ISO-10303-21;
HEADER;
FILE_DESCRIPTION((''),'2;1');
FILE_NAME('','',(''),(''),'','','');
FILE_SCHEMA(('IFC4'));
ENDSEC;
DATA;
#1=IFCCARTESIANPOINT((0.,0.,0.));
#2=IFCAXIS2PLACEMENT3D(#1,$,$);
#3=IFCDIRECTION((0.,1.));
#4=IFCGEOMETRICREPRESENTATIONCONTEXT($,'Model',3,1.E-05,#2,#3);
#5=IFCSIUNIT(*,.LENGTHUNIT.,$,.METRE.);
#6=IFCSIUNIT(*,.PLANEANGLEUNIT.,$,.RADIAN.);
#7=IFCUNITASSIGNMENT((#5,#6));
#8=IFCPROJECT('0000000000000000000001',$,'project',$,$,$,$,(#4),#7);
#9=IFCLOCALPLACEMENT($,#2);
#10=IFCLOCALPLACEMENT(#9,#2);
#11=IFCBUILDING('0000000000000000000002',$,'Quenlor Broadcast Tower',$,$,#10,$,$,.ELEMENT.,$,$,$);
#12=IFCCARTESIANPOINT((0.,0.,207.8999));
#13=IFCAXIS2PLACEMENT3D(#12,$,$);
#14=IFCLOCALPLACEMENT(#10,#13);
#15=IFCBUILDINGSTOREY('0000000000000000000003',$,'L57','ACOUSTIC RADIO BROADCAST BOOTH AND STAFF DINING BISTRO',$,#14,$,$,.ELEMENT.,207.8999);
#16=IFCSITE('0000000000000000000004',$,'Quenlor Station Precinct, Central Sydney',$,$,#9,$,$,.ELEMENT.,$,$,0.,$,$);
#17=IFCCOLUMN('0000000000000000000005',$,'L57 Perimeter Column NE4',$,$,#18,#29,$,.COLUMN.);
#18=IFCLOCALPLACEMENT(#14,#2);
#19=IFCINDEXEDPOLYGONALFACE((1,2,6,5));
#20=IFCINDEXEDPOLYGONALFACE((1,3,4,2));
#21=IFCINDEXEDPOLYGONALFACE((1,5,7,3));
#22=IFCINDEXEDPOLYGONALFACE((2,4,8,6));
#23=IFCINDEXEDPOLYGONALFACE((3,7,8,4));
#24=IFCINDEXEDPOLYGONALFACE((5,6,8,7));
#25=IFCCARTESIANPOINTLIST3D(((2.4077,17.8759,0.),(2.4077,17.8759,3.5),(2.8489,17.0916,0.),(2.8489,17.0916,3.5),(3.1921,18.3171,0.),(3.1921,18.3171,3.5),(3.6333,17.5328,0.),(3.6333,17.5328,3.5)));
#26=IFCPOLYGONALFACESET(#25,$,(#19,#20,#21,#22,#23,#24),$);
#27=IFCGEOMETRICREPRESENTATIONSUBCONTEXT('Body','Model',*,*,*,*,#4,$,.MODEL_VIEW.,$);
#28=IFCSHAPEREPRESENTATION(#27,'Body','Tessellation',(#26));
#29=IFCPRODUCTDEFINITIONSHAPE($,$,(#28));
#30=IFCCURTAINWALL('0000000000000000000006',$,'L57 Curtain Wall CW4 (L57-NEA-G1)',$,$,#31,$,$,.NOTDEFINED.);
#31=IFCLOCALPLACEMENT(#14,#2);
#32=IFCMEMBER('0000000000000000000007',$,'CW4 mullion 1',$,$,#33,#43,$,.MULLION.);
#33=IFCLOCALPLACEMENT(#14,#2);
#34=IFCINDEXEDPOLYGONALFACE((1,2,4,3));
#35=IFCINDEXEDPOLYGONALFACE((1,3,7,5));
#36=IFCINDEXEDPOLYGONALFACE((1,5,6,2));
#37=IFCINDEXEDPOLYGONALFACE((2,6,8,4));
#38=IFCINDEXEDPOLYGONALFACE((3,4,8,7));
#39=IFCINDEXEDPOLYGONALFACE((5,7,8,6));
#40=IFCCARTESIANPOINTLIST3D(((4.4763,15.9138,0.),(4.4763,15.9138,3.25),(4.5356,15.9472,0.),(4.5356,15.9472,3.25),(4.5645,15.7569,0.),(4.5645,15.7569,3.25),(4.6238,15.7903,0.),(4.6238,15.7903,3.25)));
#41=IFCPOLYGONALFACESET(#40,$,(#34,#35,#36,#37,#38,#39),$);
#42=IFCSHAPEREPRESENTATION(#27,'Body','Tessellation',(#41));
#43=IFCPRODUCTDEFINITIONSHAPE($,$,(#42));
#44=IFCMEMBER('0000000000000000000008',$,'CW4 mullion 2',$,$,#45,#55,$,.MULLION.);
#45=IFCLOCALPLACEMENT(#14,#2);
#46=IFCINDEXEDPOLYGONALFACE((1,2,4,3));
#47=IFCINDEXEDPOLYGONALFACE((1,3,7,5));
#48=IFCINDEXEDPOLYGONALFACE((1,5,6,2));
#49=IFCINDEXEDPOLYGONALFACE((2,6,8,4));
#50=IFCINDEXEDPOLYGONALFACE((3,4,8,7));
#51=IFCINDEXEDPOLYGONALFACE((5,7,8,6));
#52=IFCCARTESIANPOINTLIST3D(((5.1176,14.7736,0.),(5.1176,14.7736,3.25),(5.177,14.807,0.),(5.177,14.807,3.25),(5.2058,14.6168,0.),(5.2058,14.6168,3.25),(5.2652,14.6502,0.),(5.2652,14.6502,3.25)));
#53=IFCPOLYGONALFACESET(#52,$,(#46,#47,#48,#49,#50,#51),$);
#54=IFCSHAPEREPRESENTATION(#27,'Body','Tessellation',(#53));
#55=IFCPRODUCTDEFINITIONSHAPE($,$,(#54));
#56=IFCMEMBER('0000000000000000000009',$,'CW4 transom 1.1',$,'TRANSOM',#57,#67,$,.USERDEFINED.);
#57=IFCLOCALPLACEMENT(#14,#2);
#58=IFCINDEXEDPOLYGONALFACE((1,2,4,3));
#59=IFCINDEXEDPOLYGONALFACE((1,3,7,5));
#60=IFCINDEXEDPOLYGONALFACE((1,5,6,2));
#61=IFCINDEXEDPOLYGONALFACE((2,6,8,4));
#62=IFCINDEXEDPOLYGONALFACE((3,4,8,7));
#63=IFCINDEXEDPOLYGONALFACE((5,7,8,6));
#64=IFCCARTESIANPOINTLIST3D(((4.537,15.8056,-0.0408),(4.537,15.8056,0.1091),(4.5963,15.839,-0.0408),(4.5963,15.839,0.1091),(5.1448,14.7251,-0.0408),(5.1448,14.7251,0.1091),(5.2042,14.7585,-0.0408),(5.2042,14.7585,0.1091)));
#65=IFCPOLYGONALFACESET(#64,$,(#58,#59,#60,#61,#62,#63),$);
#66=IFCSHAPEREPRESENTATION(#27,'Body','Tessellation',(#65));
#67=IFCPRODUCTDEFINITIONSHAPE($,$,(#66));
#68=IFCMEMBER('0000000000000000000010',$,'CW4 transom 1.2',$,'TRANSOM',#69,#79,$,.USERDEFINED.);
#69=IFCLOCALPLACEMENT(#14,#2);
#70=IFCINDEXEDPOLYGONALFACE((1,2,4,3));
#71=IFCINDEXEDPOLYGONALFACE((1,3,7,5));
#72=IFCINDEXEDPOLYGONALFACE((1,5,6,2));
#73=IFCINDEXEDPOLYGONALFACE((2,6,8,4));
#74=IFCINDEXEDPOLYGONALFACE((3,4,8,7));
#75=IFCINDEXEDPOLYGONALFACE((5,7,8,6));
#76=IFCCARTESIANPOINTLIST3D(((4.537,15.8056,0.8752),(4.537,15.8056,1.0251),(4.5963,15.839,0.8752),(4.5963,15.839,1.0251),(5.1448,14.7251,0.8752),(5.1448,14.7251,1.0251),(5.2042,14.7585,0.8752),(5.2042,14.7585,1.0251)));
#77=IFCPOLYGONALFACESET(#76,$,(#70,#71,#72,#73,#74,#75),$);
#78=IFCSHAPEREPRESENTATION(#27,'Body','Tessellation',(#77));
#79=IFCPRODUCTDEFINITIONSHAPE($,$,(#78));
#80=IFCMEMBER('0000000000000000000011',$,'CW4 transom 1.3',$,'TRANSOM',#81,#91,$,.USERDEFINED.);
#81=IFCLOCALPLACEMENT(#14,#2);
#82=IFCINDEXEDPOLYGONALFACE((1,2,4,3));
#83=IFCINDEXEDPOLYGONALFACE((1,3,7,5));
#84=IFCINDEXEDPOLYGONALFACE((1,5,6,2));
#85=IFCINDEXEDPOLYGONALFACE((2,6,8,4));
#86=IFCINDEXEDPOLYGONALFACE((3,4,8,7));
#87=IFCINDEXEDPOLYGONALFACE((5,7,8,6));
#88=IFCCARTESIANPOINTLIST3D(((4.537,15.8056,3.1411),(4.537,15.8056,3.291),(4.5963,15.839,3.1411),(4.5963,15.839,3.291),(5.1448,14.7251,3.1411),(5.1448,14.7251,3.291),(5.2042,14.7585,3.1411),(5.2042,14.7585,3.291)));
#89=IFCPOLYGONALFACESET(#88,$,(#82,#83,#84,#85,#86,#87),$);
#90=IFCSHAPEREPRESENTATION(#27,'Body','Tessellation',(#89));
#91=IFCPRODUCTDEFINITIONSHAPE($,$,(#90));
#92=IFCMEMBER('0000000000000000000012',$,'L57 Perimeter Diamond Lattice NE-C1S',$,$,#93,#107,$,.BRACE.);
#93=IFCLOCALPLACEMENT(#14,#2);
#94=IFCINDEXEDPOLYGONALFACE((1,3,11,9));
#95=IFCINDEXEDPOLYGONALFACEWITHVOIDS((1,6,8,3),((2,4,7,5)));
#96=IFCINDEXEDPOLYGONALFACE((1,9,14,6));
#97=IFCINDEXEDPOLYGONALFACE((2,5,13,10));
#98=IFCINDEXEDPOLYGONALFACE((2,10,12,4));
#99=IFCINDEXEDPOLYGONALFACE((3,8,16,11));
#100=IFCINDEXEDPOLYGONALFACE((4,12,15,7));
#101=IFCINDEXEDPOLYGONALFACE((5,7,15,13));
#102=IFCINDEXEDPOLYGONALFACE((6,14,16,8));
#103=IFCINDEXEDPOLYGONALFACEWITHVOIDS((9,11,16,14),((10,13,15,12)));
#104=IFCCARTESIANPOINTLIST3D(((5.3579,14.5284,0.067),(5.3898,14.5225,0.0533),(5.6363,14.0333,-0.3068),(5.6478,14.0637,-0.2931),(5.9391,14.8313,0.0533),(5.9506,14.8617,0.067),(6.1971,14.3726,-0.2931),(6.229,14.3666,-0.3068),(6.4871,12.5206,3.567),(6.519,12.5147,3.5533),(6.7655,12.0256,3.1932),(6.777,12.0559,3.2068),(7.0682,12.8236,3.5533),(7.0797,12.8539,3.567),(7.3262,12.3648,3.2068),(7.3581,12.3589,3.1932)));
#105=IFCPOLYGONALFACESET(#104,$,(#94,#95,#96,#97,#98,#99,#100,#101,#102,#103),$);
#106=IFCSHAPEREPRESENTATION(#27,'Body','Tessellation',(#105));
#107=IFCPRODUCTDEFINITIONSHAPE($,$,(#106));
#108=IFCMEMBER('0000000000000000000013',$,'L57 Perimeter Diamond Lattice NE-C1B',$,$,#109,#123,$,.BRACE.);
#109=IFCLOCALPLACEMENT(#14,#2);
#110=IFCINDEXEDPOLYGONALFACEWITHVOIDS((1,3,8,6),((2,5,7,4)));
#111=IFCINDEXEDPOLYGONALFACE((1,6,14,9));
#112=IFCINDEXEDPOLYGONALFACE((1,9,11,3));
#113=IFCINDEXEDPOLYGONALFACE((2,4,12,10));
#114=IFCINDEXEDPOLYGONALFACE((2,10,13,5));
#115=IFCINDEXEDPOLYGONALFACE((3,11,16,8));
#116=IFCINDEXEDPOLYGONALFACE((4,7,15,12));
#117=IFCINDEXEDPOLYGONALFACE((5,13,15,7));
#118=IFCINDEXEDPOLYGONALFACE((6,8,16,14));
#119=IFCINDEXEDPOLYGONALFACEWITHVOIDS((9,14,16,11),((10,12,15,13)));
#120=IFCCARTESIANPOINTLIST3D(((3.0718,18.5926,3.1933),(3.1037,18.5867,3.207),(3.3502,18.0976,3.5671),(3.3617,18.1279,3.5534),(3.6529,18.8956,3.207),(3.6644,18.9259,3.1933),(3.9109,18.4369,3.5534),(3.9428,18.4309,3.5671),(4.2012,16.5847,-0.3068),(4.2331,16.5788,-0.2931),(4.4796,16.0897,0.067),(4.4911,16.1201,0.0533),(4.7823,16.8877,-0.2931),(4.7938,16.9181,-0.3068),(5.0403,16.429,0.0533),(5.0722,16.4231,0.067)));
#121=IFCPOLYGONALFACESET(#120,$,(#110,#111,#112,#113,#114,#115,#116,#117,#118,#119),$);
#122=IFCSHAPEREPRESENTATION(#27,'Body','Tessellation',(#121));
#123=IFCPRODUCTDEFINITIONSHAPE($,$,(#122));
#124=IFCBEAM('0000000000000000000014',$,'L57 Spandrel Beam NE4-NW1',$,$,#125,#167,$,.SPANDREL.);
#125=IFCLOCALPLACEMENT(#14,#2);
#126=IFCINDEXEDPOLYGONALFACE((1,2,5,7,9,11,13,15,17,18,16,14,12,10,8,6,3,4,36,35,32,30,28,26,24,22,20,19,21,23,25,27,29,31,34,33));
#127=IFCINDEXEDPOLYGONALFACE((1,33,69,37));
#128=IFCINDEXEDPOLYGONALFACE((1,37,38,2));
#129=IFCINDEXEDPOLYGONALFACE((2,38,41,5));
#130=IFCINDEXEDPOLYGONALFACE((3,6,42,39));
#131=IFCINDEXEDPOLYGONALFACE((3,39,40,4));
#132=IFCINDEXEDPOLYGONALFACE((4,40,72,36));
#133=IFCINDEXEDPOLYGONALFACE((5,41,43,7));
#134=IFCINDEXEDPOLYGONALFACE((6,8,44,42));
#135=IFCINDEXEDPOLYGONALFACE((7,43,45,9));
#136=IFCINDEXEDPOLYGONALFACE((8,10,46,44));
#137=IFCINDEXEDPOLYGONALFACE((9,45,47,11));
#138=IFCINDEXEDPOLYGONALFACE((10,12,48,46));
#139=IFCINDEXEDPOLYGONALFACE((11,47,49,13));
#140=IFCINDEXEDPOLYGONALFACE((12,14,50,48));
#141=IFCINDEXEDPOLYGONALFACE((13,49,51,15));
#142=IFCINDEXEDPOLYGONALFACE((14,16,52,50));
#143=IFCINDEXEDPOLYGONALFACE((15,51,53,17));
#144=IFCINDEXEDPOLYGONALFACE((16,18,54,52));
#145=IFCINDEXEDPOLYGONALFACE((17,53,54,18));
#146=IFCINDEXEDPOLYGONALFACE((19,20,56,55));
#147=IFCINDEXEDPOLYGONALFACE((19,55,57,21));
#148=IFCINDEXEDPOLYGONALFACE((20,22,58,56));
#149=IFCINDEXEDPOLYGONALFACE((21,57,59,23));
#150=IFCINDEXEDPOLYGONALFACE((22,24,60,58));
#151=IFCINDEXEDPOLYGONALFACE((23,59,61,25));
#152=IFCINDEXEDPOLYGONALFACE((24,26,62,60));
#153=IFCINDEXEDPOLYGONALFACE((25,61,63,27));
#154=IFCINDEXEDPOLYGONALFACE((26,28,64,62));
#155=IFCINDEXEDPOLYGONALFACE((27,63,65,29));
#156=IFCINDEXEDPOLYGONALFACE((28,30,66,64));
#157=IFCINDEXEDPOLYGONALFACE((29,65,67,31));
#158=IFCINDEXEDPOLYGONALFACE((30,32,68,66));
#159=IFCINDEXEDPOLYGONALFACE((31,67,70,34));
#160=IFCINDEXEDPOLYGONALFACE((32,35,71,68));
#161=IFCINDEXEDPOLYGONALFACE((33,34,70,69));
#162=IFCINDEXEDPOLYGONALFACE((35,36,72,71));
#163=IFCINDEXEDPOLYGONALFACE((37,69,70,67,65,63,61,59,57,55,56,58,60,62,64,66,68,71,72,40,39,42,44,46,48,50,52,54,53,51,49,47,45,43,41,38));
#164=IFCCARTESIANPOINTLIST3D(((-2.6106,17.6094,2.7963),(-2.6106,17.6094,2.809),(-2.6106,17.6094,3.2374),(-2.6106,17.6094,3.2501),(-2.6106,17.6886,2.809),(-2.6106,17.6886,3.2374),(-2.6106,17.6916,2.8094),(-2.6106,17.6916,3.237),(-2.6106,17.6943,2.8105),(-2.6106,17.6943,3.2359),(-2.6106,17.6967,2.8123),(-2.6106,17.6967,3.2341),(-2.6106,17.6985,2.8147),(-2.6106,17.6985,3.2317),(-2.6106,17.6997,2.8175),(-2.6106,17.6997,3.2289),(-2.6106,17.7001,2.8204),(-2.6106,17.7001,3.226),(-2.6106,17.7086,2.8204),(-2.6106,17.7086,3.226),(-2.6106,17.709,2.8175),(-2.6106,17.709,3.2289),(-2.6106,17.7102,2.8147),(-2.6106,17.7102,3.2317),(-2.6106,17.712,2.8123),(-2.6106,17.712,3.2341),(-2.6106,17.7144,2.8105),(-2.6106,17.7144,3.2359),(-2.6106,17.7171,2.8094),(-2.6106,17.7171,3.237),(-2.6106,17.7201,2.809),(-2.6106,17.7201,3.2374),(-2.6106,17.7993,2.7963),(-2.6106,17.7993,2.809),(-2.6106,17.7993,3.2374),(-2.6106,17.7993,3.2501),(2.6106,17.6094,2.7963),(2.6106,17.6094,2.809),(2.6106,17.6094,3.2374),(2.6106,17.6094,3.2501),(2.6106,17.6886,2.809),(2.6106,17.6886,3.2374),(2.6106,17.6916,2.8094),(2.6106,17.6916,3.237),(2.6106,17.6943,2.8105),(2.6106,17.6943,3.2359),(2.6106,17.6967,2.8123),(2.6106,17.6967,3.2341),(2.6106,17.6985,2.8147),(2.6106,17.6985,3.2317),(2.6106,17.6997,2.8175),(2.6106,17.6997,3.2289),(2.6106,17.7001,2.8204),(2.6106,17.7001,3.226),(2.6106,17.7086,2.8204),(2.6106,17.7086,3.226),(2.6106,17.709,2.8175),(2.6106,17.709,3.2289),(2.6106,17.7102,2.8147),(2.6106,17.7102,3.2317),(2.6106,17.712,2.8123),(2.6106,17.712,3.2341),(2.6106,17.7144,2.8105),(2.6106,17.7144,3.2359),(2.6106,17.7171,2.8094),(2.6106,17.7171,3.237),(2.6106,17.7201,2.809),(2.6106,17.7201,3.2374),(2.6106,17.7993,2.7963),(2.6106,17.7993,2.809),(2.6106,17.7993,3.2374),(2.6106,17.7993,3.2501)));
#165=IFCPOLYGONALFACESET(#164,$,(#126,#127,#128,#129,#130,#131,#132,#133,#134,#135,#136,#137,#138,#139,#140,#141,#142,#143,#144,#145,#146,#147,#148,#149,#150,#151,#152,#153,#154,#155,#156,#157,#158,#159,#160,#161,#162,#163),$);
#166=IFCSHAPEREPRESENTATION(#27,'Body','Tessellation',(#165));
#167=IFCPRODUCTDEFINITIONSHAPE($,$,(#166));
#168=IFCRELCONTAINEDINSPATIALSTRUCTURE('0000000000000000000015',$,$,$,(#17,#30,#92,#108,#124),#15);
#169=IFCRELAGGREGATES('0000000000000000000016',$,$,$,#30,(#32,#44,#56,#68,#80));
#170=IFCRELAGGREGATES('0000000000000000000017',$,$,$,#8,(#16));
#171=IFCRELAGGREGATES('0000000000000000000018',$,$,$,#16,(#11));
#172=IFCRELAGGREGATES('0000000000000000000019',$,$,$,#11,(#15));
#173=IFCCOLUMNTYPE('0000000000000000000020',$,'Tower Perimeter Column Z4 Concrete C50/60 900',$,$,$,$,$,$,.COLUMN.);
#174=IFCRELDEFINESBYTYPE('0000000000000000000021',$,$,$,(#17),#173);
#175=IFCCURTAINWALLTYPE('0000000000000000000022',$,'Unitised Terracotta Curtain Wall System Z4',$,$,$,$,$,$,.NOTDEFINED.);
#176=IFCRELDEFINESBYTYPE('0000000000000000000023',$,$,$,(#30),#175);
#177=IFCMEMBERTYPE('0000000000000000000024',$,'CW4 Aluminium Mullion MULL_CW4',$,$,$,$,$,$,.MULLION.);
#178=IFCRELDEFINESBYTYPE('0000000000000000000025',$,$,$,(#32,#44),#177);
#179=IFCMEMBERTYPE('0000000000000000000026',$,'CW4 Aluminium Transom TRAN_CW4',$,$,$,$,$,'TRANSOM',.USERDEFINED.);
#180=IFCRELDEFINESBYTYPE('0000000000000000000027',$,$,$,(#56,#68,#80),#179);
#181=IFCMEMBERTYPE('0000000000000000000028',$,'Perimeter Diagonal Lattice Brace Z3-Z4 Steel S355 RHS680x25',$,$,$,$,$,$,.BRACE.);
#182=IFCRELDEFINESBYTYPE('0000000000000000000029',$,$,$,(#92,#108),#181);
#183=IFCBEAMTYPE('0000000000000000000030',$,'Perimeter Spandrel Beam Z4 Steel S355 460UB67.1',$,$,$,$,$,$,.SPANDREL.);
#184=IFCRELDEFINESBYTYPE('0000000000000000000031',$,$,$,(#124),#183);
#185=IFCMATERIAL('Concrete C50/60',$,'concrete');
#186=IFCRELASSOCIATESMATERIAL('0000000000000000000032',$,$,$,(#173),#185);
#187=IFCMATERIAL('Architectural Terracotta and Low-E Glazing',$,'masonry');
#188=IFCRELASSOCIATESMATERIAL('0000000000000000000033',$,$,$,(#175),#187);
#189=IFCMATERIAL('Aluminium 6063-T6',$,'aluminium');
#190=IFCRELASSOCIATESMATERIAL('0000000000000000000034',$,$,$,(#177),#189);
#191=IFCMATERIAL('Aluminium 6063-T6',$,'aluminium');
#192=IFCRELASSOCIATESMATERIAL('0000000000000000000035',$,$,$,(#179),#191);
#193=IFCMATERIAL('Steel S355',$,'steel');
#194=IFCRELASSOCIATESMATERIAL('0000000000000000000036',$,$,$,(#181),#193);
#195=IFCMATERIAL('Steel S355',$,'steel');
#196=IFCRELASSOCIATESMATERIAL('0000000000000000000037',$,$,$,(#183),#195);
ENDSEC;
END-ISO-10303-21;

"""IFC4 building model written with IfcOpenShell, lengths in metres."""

from ifc_helpers import new_model, si_unit, direction, frame, origin, origin_2d, place, context, subcontext, project, spatial, rectangle, hollow_rectangle, i_section, extrude, material, material_profile, profile_set, type_object, element, aggregate, save


model = new_model("IFC4")

# Units and contexts
model_context = context("Model", 3, precision=1e-05, world=origin(), true_north=direction((0.0, 1.0)))
body_context = subcontext(model_context, "Body", "Model", "MODEL_VIEW")
ifc_project = project(units=[si_unit("LENGTHUNIT", "METRE"), si_unit("PLANEANGLEUNIT", "RADIAN")], contexts=[model_context])

# Site, building, storey
site_placement = place(None, origin())
site = spatial("IfcSite", under=ifc_project, at=site_placement, Name="Quenlor Station Precinct, Central Sydney", CompositionType="ELEMENT", RefElevation=0.0)
building_placement = place(site_placement, origin())
building = spatial("IfcBuilding", under=site, at=building_placement, Name="Quenlor Broadcast Tower", CompositionType="ELEMENT")
storey_placement = place(building_placement, frame((0.0, 0.0, 207.8999)))
storey = spatial("IfcBuildingStorey", under=building, at=storey_placement, Name="L57", Description="ACOUSTIC RADIO BROADCAST BOOTH AND STAFF DINING BISTRO", CompositionType="ELEMENT", Elevation=207.8999)

# Column
ifc_material_1 = material(Name="Concrete C50/60", Category="concrete")
ifc_material_profile_1 = material_profile(ifc_material_1, rectangle(XDim=0.8999, YDim=0.8999, at=origin_2d()))
ifc_profile_set_1 = profile_set([ifc_material_profile_1], Name="Concrete C50/60 RC900x900")
column_type = type_object("IfcColumnType", Name="Tower Perimeter Column Z4 Concrete C50/60 900", PredefinedType="COLUMN", material=ifc_profile_set_1)
column_placement = place(storey_placement, frame((3.0205, 17.7043, 0.0), z_axis=(0.0, 0.0, 1.0), x_axis=(0.871575, 0.490262, 0.0)))
element("IfcColumn", 1, at=column_placement, inside=storey, type_object=column_type, Name="L57 Perimeter Column NE4", PredefinedType="COLUMN", context=body_context, shape_type="SweptSolid", body=[
    extrude(rectangle(XDim=0.8999, YDim=0.8999, at=origin_2d()), origin(), (0.0, 0.0, 1.0), 3.5),
])

# Curtain wall, members
ifc_material_2 = material(Name="Architectural Terracotta and Low-E Glazing", Category="masonry")
curtain_wall_type = type_object("IfcCurtainWallType", Name="Unitised Terracotta Curtain Wall System Z4", PredefinedType="NOTDEFINED", material=ifc_material_2)
curtain_wall_placement = place(storey_placement, origin())
curtain_wall = element("IfcCurtainWall", 2, at=curtain_wall_placement, inside=storey, type_object=curtain_wall_type, Name="L57 Curtain Wall CW4 (L57-NEA-G1)", PredefinedType="NOTDEFINED")
ifc_material_3 = material(Name="Aluminium 6063-T6", Category="aluminium")
ifc_material_profile_2 = material_profile(ifc_material_3, rectangle(XDim=0.0681, YDim=0.1799, at=origin_2d()))
ifc_profile_set_2 = profile_set([ifc_material_profile_2], Name="Aluminium 6063-T6 MULL68x180")
member_type_1 = type_object("IfcMemberType", Name="CW4 Aluminium Mullion MULL_CW4", PredefinedType="MULLION", material=ifc_profile_set_2)
member_1_placement = place(storey_placement, frame((4.55, 15.8521, 0.0), z_axis=(0.0, 0.0, 1.0), x_axis=(0.87156, 0.490289, 0.0)))
member_1 = element("IfcMember", 3, at=member_1_placement, type_object=member_type_1, Name="CW4 mullion 1", PredefinedType="MULLION", context=body_context, shape_type="SweptSolid", body=[
    extrude(rectangle(XDim=0.0681, YDim=0.1799, at=origin_2d()), origin(), (0.0, 0.0, 1.0), 3.25),
])
member_2_placement = place(storey_placement, frame((5.1914, 14.7119, 0.0), z_axis=(0.0, 0.0, 1.0), x_axis=(0.87156, 0.490289, 0.0)))
member_2 = element("IfcMember", 4, at=member_2_placement, type_object=member_type_1, Name="CW4 mullion 2", PredefinedType="MULLION", context=body_context, shape_type="SweptSolid", body=[
    extrude(rectangle(XDim=0.0681, YDim=0.1799, at=origin_2d()), origin(), (0.0, 0.0, 1.0), 3.25),
])
ifc_material_4 = material(Name="Aluminium 6063-T6", Category="aluminium")
ifc_material_profile_3 = material_profile(ifc_material_4, rectangle(XDim=0.0681, YDim=0.1499, at=origin_2d()))
ifc_profile_set_3 = profile_set([ifc_material_profile_3], Name="Aluminium 6063-T6 TRAN68x150")
member_type_2 = type_object("IfcMemberType", Name="CW4 Aluminium Transom TRAN_CW4", ElementType="TRANSOM", PredefinedType="USERDEFINED", material=ifc_profile_set_3)
member_3_placement = place(storey_placement, frame((4.5667, 15.8223, 0.0342), z_axis=(0.490317, -0.871544, 0.0), x_axis=(0.871544, 0.490317, 0.0)))
member_3 = element("IfcMember", 5, at=member_3_placement, type_object=member_type_2, Name="CW4 transom 1.1", ObjectType="TRANSOM", PredefinedType="USERDEFINED", context=body_context, shape_type="SweptSolid", body=[
    extrude(rectangle(XDim=0.0681, YDim=0.1499, at=origin_2d()), origin(), (0.0, 0.0, 1.0), 1.2397),
])
member_4_placement = place(storey_placement, frame((4.5667, 15.8223, 0.9502), z_axis=(0.490317, -0.871544, 0.0), x_axis=(0.871544, 0.490317, 0.0)))
member_4 = element("IfcMember", 6, at=member_4_placement, type_object=member_type_2, Name="CW4 transom 1.2", ObjectType="TRANSOM", PredefinedType="USERDEFINED", context=body_context, shape_type="SweptSolid", body=[
    extrude(rectangle(XDim=0.0681, YDim=0.1499, at=origin_2d()), origin(), (0.0, 0.0, 1.0), 1.2397),
])
member_5_placement = place(storey_placement, frame((4.5667, 15.8223, 3.2161), z_axis=(0.490317, -0.871544, 0.0), x_axis=(0.871544, 0.490317, 0.0)))
member_5 = element("IfcMember", 7, at=member_5_placement, type_object=member_type_2, Name="CW4 transom 1.3", ObjectType="TRANSOM", PredefinedType="USERDEFINED", context=body_context, shape_type="SweptSolid", body=[
    extrude(rectangle(XDim=0.0681, YDim=0.1499, at=origin_2d()), origin(), (0.0, 0.0, 1.0), 1.2397),
])

# Members
ifc_material_5 = material(Name="Steel S355", Category="steel")
ifc_material_profile_4 = material_profile(ifc_material_5, hollow_rectangle(XDim=0.6799, YDim=0.6799, WallThickness=0.0249, at=origin_2d()))
ifc_profile_set_4 = profile_set([ifc_material_profile_4], Name="Steel S355 RHS680x680x25")
member_type_3 = type_object("IfcMemberType", Name="Perimeter Diagonal Lattice Brace Z3-Z4 Steel S355 RHS680x25", PredefinedType="BRACE", material=ifc_profile_set_4)
member_6_placement = place(storey_placement, frame((5.7935, 14.4475, -0.1199), z_axis=(0.269485, -0.479189, 0.835318), x_axis=(0.871621, 0.490181, 0.0)))
element("IfcMember", 8, at=member_6_placement, inside=storey, type_object=member_type_3, Name="L57 Perimeter Diamond Lattice NE-C1S", PredefinedType="BRACE", context=body_context, shape_type="SweptSolid", body=[
    extrude(hollow_rectangle(XDim=0.6799, YDim=0.6799, WallThickness=0.0249, at=origin_2d()), origin(), (0.0, 0.0, 1.0), 4.1899),
])
member_7_placement = place(storey_placement, frame((4.6367, 16.5039, -0.1199), z_axis=(-0.26954, 0.479181, 0.835305), x_axis=(-0.871576, -0.490261, 0.0)))
element("IfcMember", 9, at=member_7_placement, inside=storey, type_object=member_type_3, Name="L57 Perimeter Diamond Lattice NE-C1B", PredefinedType="BRACE", context=body_context, shape_type="SweptSolid", body=[
    extrude(hollow_rectangle(XDim=0.6799, YDim=0.6799, WallThickness=0.0249, at=origin_2d()), origin(), (0.0, 0.0, 1.0), 4.1902),
])

# Beam
ifc_material_6 = material(Name="Steel S355", Category="steel")
ifc_material_profile_5 = material_profile(ifc_material_6, i_section(OverallWidth=0.1899, OverallDepth=0.4539, WebThickness=0.0085, FlangeThickness=0.0127, FilletRadius=0.0115, at=origin_2d()))
ifc_profile_set_5 = profile_set([ifc_material_profile_5], Name="Steel S355 460UB67.1")
beam_type_1 = type_object("IfcBeamType", Name="Perimeter Spandrel Beam Z4 Steel S355 460UB67.1", PredefinedType="SPANDREL", material=ifc_profile_set_5)
beam_1_placement = place(storey_placement, frame((2.6106, 17.7043, 3.0232), z_axis=(-1.0, 0.0, 0.0), x_axis=(0.0, -1.0, 0.0)))
element("IfcBeam", 10, at=beam_1_placement, inside=storey, type_object=beam_type_1, Name="L57 Spandrel Beam NE4-NW1", PredefinedType="SPANDREL", context=body_context, shape_type="SweptSolid", body=[
    extrude(i_section(OverallWidth=0.1899, OverallDepth=0.4539, WebThickness=0.0085, FlangeThickness=0.0127, FilletRadius=0.0115, at=origin_2d()), origin(), (0.0, 0.0, 1.0), 5.2212),
])

aggregate(curtain_wall, [member_1, member_2, member_3, member_4, member_5])

save(model, "model.ifc")
